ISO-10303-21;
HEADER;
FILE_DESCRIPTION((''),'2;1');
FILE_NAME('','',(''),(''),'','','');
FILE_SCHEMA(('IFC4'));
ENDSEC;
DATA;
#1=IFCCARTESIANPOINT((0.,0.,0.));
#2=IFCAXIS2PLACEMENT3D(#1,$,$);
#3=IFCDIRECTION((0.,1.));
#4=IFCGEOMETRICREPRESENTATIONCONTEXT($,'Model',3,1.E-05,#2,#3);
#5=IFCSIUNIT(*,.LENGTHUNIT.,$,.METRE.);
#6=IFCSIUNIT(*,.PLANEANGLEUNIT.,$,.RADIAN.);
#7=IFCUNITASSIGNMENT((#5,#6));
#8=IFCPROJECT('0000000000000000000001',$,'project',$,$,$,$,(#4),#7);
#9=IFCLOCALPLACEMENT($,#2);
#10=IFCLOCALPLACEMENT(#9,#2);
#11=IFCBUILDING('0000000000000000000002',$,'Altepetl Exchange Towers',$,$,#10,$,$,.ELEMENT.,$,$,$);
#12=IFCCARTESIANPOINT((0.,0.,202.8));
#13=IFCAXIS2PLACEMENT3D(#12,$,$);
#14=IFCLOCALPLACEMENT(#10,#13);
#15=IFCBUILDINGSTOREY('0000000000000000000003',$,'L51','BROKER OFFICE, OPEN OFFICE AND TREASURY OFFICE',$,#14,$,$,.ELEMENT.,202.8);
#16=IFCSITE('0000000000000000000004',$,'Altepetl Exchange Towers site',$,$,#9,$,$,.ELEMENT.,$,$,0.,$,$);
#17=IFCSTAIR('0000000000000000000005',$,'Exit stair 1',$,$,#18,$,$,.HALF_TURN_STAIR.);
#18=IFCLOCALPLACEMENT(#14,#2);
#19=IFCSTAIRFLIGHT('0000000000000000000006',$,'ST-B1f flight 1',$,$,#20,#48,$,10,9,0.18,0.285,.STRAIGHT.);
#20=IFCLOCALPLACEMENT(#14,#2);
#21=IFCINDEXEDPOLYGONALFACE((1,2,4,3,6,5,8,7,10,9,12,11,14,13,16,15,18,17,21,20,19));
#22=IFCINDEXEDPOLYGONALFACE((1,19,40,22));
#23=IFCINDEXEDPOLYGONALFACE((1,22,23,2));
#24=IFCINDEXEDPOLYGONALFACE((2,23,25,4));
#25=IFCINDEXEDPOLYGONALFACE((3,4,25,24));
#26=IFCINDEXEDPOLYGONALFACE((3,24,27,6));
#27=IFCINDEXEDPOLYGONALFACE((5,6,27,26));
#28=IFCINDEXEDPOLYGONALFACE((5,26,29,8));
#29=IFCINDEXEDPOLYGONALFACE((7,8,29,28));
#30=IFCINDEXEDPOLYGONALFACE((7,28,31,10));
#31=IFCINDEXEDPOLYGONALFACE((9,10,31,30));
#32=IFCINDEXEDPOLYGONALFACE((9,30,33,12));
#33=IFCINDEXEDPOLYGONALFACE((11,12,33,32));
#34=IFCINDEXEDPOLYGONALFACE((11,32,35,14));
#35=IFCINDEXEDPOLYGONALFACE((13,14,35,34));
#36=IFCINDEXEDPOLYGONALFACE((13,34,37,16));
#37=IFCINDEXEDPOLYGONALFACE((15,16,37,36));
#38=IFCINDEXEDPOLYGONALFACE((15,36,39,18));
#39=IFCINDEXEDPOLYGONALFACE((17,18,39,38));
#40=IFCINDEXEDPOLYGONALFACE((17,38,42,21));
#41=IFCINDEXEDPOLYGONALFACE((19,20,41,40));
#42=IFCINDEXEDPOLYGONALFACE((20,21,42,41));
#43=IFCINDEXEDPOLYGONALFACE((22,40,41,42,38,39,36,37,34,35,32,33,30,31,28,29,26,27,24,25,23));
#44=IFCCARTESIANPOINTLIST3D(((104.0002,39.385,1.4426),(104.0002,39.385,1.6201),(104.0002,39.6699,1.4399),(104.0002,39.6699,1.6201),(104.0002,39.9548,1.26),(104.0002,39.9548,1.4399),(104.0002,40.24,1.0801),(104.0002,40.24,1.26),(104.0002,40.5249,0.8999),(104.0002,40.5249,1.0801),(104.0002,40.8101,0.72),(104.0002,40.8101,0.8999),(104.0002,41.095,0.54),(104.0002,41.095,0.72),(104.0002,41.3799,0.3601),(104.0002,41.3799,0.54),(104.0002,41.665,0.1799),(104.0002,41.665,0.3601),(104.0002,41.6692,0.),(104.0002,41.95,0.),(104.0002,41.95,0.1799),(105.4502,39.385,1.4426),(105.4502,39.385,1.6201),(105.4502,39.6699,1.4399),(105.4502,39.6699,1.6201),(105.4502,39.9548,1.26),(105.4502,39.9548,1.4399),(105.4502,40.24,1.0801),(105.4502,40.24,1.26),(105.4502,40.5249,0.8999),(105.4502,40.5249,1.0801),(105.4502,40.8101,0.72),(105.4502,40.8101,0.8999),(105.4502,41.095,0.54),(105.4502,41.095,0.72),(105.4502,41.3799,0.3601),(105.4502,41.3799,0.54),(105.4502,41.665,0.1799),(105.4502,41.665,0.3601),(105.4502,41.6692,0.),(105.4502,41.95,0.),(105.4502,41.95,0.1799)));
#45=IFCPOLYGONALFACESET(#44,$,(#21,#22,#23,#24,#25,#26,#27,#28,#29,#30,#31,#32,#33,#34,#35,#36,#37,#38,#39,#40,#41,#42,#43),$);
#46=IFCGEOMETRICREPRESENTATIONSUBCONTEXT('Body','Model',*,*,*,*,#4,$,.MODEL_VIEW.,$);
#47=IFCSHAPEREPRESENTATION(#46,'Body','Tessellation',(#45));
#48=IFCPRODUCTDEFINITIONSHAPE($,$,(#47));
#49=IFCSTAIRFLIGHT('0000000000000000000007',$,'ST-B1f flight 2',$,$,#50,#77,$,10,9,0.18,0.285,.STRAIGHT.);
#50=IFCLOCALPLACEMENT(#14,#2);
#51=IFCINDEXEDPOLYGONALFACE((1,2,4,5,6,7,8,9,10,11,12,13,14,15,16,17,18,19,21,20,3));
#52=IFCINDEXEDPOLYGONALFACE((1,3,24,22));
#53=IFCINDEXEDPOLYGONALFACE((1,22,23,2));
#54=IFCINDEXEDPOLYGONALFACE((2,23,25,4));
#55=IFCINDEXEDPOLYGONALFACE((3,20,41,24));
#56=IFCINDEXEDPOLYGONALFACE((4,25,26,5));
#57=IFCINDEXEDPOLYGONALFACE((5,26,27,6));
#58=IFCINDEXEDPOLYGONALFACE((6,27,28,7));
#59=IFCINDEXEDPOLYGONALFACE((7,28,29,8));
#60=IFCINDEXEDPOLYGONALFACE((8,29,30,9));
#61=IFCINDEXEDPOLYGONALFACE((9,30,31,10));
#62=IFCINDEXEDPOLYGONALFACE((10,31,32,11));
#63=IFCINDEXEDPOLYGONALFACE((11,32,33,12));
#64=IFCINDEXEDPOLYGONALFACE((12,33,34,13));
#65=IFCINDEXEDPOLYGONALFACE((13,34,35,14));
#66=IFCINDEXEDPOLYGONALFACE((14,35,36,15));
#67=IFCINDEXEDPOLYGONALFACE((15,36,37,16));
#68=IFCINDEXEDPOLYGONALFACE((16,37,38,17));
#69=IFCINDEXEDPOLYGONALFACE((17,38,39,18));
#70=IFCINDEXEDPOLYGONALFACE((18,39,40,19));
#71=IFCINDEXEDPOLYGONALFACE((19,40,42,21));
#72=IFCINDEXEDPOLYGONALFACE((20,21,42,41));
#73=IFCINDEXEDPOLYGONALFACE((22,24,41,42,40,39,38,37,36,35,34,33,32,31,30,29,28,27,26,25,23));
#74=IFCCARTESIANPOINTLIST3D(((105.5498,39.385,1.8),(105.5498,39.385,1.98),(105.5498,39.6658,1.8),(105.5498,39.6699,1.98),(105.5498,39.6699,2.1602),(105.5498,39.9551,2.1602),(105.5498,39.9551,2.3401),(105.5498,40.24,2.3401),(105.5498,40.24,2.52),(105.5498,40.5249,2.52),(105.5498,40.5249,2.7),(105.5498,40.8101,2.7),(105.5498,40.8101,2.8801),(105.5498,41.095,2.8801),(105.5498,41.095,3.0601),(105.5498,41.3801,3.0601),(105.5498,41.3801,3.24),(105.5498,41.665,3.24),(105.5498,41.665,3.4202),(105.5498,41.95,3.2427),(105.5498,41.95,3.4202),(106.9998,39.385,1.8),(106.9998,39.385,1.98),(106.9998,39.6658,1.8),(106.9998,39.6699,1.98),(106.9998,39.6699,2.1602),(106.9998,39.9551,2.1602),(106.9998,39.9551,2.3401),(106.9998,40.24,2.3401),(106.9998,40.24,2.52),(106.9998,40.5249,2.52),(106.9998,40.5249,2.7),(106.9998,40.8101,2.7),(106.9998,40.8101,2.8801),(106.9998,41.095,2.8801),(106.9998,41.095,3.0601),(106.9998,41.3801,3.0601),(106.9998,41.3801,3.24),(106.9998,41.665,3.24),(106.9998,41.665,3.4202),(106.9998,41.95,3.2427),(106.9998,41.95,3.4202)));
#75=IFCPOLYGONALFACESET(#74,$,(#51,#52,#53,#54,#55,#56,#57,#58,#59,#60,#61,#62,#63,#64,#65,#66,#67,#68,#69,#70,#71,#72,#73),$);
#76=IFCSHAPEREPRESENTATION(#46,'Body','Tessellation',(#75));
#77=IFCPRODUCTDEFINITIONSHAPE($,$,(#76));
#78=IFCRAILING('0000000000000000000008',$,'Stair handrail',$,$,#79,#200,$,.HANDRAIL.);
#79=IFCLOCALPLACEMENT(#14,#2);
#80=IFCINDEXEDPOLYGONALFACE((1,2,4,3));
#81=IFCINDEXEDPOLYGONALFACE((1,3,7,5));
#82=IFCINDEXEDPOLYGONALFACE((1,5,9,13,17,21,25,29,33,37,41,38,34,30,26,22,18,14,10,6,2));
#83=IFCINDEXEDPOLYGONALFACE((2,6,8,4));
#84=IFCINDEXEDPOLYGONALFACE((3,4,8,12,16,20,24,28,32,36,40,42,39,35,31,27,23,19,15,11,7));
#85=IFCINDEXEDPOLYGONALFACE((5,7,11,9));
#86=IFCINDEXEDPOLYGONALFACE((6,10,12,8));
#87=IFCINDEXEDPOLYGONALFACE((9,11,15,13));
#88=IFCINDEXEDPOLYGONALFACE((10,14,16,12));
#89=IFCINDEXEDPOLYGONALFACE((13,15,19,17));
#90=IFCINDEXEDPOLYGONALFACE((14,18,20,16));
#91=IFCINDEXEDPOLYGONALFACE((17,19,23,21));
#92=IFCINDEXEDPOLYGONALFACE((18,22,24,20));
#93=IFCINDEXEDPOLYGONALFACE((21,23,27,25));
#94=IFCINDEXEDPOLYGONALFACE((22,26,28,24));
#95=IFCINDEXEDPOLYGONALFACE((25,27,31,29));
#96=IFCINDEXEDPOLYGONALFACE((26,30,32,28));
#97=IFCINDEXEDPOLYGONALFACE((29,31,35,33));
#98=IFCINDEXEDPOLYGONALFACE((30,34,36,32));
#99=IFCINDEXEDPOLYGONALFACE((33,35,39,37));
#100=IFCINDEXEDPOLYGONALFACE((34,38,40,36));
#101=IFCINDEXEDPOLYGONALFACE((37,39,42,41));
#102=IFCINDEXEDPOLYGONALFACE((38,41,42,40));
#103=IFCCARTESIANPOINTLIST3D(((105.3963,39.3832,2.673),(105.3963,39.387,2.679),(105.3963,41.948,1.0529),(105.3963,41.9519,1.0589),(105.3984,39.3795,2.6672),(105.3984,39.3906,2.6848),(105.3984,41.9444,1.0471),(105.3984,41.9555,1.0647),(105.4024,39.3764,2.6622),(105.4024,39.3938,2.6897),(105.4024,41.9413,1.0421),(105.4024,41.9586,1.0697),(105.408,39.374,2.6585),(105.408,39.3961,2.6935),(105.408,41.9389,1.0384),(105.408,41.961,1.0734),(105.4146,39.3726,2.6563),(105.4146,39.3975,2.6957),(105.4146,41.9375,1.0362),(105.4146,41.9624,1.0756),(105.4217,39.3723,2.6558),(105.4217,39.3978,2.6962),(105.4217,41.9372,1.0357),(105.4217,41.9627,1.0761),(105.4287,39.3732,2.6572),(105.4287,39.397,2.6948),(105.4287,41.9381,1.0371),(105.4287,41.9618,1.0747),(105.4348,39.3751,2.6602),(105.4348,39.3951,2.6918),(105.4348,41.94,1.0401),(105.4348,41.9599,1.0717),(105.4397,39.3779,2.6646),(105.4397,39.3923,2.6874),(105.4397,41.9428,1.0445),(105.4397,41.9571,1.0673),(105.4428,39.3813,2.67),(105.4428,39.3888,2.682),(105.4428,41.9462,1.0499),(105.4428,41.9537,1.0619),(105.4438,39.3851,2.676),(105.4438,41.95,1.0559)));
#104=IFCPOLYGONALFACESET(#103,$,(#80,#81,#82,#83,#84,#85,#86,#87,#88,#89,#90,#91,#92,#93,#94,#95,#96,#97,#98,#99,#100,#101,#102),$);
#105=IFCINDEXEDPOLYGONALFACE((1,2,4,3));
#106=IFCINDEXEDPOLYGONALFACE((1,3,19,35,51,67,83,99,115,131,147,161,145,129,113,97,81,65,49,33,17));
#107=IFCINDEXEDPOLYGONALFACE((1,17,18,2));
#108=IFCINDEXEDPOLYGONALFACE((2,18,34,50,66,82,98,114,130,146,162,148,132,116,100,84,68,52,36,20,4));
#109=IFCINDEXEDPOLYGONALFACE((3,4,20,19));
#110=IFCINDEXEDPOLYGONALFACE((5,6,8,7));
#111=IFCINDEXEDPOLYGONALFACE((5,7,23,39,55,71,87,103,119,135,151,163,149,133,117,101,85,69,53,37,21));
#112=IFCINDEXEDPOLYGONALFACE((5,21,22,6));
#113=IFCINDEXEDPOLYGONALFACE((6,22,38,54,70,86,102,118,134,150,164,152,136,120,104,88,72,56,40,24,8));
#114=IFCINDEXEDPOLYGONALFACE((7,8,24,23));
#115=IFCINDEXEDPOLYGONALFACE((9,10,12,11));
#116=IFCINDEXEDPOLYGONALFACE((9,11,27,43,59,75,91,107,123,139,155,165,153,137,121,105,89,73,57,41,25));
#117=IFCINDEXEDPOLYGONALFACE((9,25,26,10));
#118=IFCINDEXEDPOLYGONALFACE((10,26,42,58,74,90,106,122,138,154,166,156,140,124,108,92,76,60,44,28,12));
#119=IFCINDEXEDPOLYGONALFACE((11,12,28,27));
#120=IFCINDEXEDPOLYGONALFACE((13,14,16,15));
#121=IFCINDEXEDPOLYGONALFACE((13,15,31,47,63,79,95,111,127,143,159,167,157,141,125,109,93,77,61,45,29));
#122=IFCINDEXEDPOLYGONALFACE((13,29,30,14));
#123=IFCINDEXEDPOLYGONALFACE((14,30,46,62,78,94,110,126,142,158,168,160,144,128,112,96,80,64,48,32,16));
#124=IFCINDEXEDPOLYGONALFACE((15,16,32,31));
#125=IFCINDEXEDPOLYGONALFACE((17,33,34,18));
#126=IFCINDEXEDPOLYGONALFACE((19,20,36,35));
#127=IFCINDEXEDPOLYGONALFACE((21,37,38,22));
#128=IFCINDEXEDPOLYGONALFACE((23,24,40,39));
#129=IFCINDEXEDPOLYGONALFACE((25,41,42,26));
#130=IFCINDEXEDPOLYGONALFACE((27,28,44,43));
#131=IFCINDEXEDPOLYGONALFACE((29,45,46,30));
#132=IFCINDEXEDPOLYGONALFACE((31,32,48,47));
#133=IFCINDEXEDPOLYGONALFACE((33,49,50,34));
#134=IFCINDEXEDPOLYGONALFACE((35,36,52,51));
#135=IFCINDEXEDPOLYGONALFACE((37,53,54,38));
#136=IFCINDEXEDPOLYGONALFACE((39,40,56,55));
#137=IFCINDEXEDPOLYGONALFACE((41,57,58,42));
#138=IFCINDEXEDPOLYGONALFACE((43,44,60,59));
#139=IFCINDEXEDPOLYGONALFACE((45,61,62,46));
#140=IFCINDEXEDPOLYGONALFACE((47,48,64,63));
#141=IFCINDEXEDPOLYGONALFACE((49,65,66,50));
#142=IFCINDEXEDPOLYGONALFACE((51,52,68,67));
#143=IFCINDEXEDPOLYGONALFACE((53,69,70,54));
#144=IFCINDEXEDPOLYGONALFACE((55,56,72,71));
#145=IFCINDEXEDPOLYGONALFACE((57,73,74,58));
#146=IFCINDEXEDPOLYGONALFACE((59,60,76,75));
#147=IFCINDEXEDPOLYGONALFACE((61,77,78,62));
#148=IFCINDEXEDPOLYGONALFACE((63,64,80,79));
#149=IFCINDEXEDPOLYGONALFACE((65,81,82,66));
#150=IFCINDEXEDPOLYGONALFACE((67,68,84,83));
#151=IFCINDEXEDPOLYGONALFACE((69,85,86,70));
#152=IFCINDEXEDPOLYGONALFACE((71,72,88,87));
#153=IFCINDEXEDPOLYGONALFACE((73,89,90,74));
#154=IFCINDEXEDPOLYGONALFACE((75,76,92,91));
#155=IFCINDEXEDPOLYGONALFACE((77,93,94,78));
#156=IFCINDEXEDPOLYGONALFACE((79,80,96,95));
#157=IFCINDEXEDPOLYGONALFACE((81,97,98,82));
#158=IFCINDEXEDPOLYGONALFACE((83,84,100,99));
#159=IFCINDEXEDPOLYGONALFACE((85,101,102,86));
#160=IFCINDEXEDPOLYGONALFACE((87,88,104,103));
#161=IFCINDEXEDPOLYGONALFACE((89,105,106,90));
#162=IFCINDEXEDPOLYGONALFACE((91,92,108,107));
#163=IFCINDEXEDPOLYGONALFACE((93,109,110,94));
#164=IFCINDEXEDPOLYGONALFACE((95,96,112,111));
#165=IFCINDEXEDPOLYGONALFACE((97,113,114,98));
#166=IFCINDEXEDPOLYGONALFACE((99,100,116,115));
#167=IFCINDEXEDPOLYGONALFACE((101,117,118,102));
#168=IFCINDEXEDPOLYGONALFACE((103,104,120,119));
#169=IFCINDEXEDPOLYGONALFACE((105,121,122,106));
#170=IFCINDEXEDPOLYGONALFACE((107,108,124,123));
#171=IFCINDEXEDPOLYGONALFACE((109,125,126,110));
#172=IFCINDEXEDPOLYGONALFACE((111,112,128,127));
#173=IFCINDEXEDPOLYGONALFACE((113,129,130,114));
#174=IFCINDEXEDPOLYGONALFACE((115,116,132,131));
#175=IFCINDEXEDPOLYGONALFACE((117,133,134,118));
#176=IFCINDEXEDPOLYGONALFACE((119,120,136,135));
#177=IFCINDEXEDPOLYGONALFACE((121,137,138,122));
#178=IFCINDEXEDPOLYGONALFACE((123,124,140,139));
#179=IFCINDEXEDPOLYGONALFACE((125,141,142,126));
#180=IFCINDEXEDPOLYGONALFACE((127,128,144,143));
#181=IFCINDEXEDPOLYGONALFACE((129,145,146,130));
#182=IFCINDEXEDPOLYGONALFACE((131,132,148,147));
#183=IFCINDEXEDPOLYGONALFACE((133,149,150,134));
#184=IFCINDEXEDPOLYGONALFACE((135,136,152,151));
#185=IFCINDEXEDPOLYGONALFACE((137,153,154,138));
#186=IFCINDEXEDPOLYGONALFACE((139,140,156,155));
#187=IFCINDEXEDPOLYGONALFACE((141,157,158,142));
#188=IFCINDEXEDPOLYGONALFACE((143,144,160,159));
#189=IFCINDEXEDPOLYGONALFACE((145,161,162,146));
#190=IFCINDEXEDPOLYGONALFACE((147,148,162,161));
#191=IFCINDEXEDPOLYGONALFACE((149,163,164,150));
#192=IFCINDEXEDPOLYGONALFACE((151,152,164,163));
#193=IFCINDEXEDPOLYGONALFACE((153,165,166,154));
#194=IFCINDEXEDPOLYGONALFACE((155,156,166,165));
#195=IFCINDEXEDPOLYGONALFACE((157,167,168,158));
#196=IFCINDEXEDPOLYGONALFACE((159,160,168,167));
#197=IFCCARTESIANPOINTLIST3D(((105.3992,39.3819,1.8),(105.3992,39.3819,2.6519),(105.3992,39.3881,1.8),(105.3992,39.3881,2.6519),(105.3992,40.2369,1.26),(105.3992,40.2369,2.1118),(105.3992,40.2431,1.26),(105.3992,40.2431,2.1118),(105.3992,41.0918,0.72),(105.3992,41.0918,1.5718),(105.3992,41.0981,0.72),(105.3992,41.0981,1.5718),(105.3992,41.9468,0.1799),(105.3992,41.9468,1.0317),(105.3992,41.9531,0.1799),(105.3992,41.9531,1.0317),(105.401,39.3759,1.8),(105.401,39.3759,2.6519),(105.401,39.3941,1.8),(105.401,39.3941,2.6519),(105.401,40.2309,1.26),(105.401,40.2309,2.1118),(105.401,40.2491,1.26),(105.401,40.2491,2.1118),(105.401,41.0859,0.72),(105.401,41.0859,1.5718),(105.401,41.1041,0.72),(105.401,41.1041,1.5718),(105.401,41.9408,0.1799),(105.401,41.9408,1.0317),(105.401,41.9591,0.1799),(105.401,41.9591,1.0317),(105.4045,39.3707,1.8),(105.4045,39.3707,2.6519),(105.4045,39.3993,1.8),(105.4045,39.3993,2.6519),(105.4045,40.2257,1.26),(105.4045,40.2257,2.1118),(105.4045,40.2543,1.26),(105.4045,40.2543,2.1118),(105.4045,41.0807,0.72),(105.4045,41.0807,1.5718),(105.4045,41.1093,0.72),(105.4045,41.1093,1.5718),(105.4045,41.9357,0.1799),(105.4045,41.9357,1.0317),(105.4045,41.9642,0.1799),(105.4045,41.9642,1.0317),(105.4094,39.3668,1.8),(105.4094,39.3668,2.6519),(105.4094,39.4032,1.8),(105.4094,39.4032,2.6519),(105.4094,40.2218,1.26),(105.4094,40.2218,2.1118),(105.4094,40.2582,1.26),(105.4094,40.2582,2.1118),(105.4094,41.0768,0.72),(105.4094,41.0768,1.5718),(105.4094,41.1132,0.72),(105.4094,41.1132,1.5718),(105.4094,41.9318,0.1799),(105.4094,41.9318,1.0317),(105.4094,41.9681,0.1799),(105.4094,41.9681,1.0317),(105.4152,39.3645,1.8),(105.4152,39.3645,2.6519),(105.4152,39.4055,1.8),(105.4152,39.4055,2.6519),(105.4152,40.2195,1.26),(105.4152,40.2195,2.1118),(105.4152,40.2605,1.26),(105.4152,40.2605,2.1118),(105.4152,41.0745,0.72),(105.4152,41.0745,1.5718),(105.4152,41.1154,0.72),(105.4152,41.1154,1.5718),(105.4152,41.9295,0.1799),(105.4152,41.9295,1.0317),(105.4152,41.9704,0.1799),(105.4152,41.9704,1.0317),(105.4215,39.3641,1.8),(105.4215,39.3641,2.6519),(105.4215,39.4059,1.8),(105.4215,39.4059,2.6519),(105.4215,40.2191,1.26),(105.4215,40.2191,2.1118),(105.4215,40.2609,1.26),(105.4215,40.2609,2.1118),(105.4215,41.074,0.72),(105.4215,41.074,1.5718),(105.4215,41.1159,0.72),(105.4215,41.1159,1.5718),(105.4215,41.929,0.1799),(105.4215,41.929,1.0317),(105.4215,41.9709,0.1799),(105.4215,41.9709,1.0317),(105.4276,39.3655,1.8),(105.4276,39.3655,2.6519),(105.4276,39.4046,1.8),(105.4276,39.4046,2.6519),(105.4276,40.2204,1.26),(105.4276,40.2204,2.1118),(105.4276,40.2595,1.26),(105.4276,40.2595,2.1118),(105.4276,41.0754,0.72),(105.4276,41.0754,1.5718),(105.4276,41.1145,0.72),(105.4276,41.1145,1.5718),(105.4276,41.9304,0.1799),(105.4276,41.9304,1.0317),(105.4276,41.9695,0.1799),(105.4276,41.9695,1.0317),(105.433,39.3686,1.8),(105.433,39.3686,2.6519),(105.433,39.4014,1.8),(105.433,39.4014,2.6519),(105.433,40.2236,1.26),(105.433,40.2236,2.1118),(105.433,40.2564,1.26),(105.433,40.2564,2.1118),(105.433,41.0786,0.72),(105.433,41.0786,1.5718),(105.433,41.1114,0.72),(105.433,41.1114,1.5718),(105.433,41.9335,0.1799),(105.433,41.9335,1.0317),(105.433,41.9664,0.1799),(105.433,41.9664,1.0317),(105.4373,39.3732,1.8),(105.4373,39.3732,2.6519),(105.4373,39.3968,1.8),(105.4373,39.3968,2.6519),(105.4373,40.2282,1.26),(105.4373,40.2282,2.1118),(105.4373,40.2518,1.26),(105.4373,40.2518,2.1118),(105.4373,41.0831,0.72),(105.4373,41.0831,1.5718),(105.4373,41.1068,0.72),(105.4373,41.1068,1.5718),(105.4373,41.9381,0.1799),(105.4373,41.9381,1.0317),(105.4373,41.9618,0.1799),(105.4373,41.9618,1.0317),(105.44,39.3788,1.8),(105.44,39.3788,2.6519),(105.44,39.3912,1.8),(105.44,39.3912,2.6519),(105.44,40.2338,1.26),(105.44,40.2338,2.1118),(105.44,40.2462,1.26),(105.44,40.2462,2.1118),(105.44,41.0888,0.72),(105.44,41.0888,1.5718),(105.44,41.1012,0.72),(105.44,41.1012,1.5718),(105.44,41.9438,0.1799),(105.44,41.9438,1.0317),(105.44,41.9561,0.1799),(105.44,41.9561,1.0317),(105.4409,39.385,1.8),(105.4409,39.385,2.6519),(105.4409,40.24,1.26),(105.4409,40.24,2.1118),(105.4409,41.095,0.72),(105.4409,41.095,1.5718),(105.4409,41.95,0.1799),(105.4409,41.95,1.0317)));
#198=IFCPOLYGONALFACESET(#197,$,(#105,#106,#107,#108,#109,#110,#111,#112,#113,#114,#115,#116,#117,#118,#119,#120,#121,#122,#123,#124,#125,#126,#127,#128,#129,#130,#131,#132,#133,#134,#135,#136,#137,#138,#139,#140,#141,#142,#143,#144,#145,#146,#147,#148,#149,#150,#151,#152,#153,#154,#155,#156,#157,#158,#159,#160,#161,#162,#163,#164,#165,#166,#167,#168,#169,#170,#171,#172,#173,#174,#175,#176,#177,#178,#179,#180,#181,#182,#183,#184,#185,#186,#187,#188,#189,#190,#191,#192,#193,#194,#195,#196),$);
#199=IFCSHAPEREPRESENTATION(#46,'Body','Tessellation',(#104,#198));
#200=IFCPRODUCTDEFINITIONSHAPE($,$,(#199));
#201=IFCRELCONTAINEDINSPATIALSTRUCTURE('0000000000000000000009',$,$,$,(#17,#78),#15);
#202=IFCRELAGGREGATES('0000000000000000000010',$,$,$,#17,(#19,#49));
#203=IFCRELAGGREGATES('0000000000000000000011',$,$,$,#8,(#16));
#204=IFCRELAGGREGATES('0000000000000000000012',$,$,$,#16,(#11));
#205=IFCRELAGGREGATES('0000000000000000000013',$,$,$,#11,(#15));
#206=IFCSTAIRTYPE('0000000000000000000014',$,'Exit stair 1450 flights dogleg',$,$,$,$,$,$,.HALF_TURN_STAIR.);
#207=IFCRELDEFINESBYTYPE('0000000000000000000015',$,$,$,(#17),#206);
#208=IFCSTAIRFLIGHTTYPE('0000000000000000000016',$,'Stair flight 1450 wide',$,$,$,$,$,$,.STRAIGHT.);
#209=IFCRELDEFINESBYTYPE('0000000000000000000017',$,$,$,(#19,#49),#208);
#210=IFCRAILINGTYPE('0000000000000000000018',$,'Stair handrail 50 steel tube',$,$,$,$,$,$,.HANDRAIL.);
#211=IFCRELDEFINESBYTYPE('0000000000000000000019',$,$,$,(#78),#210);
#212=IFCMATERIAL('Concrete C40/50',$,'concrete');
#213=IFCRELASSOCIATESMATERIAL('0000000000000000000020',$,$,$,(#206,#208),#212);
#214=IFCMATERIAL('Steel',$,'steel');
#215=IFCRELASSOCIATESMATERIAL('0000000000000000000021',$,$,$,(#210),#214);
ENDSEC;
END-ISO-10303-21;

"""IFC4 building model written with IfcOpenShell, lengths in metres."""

from ifc_helpers import new_model, si_unit, direction, frame, origin, origin_2d, place, context, subcontext, project, spatial, polyline, circle, outline, extrude, source, transform, mapped, material, type_object, element, aggregate, save


model = new_model("IFC4")

# Units and contexts
model_context = context("Model", 3, precision=1e-05, world=origin(), true_north=direction((0.0, 1.0)))
body_context = subcontext(model_context, "Body", "Model", "MODEL_VIEW")
ifc_project = project(units=[si_unit("LENGTHUNIT", "METRE"), si_unit("PLANEANGLEUNIT", "RADIAN")], contexts=[model_context])

# Site, building, storey
site_placement = place(None, origin())
site = spatial("IfcSite", under=ifc_project, at=site_placement, Name="Altepetl Exchange Towers site", CompositionType="ELEMENT", RefElevation=0.0)
building_placement = place(site_placement, origin())
building = spatial("IfcBuilding", under=site, at=building_placement, Name="Altepetl Exchange Towers", CompositionType="ELEMENT")
storey_placement = place(building_placement, frame((0.0, 0.0, 202.8)))
storey = spatial("IfcBuildingStorey", under=building, at=storey_placement, Name="L51", Description="BROKER OFFICE, OPEN OFFICE AND TREASURY OFFICE", CompositionType="ELEMENT", Elevation=202.8)

# Shared definitions
ifc_material_1 = material(Name="Concrete C40/50", Category="concrete")

# Stair, stair flights
stair_type = type_object("IfcStairType", Name="Exit stair 1450 flights dogleg", PredefinedType="HALF_TURN_STAIR", material=ifc_material_1)
stair_placement = place(storey_placement, origin())
stair = element("IfcStair", 1, at=stair_placement, inside=storey, type_object=stair_type, Name="Exit stair 1", PredefinedType="HALF_TURN_STAIR")
stair_flight_type = type_object("IfcStairFlightType", Name="Stair flight 1450 wide", PredefinedType="STRAIGHT", material=ifc_material_1)
stair_flight_1_placement = place(storey_placement, frame((104.7251, 41.95, 0.0), z_axis=(0.0, 0.0, 1.0), x_axis=(0.0, -1.0, 0.0)))
stair_flight_1 = element("IfcStairFlight", 2, at=stair_flight_1_placement, type_object=stair_flight_type, Name="ST-B1f flight 1", NumberOfRisers=10, NumberOfTreads=9, PredefinedType="STRAIGHT", RiserHeight=0.18, TreadLength=0.285, context=body_context, shape_type="SweptSolid", body=[
    extrude(outline(polyline([(0.0, 0.0), (0.0, 0.1799), (0.2849, 0.1799), (0.2849, 0.3601), (0.5701, 0.3601), (0.5701, 0.54), (0.855, 0.54), (0.855, 0.72), (1.1399, 0.72), (1.1399, 0.8999), (1.425, 0.8999), (1.425, 1.0801), (1.71, 1.0801), (1.71, 1.26), (1.9951, 1.26), (1.9951, 1.4399), (2.28, 1.4399), (2.28, 1.6201), (2.5649, 1.6201), (2.5649, 1.8), (2.5649, 1.4426), (0.2808, 0.0), (0.0, 0.0)])), frame((0.0, 0.7251, 0.0), z_axis=(0.0, -1.0, 0.0), x_axis=(1.0, 0.0, 0.0)), (0.0, 0.0, 1.0), 1.45),
])
stair_flight_2_placement = place(storey_placement, frame((106.2749, 39.385, 1.8), z_axis=(0.0, 0.0, 1.0), x_axis=(0.0, 1.0, 0.0)))
stair_flight_2 = element("IfcStairFlight", 3, at=stair_flight_2_placement, type_object=stair_flight_type, Name="ST-B1f flight 2", NumberOfRisers=10, NumberOfTreads=9, PredefinedType="STRAIGHT", RiserHeight=0.18, TreadLength=0.285, context=body_context, shape_type="SweptSolid", body=[
    extrude(outline(polyline([(0.0, 0.0), (0.0, 0.1799), (0.2849, 0.1799), (0.2849, 0.3601), (0.5701, 0.3601), (0.5701, 0.54), (0.855, 0.54), (0.855, 0.72), (1.1399, 0.72), (1.1399, 0.8999), (1.425, 0.8999), (1.425, 1.0801), (1.71, 1.0801), (1.71, 1.26), (1.9951, 1.26), (1.9951, 1.4399), (2.28, 1.4399), (2.28, 1.6201), (2.5649, 1.6201), (2.5649, 1.8), (2.5649, 1.4426), (0.2808, 0.0), (0.0, 0.0)])), frame((0.0, 0.7251, 0.0), z_axis=(0.0, -1.0, 0.0), x_axis=(1.0, 0.0, 0.0)), (0.0, 0.0, 1.0), 1.45),
])
aggregate(stair, [stair_flight_1, stair_flight_2])

# Railing
ifc_material_2 = material(Name="Steel", Category="steel")
railing_type = type_object("IfcRailingType", Name="Stair handrail 50 steel tube", PredefinedType="HANDRAIL", material=ifc_material_2)
shared_shape = source(origin(), body_context, "Body", "SweptSolid", [
    extrude(circle(Radius=0.021, at=origin_2d()), origin(), (0.0, 0.0, 1.0), 0.8518),
])
railing_1_placement = place(storey_placement, frame((105.4199, 41.95, 0.1799)))
element("IfcRailing", 4, at=railing_1_placement, inside=storey, type_object=railing_type, Name="Stair handrail", PredefinedType="HANDRAIL", context=body_context, shape_type="SweptSolid", body=[
    extrude(circle(Radius=0.0239, at=origin_2d()), frame((0.0, 0.0, 0.876), z_axis=(0.0, -0.845466, 0.534029), x_axis=(1.0, 0.0, 0.0)), (0.0, 0.0, 1.0), 3.0337),
    mapped(shared_shape, transform((0.0, 0.0, 0.0))),
    mapped(shared_shape, transform((0.0, -0.855, 0.54))),
    mapped(shared_shape, transform((0.0, -1.71, 1.0801))),
    mapped(shared_shape, transform((0.0, -2.5649, 1.6201))),
])

save(model, "model.ifc")
